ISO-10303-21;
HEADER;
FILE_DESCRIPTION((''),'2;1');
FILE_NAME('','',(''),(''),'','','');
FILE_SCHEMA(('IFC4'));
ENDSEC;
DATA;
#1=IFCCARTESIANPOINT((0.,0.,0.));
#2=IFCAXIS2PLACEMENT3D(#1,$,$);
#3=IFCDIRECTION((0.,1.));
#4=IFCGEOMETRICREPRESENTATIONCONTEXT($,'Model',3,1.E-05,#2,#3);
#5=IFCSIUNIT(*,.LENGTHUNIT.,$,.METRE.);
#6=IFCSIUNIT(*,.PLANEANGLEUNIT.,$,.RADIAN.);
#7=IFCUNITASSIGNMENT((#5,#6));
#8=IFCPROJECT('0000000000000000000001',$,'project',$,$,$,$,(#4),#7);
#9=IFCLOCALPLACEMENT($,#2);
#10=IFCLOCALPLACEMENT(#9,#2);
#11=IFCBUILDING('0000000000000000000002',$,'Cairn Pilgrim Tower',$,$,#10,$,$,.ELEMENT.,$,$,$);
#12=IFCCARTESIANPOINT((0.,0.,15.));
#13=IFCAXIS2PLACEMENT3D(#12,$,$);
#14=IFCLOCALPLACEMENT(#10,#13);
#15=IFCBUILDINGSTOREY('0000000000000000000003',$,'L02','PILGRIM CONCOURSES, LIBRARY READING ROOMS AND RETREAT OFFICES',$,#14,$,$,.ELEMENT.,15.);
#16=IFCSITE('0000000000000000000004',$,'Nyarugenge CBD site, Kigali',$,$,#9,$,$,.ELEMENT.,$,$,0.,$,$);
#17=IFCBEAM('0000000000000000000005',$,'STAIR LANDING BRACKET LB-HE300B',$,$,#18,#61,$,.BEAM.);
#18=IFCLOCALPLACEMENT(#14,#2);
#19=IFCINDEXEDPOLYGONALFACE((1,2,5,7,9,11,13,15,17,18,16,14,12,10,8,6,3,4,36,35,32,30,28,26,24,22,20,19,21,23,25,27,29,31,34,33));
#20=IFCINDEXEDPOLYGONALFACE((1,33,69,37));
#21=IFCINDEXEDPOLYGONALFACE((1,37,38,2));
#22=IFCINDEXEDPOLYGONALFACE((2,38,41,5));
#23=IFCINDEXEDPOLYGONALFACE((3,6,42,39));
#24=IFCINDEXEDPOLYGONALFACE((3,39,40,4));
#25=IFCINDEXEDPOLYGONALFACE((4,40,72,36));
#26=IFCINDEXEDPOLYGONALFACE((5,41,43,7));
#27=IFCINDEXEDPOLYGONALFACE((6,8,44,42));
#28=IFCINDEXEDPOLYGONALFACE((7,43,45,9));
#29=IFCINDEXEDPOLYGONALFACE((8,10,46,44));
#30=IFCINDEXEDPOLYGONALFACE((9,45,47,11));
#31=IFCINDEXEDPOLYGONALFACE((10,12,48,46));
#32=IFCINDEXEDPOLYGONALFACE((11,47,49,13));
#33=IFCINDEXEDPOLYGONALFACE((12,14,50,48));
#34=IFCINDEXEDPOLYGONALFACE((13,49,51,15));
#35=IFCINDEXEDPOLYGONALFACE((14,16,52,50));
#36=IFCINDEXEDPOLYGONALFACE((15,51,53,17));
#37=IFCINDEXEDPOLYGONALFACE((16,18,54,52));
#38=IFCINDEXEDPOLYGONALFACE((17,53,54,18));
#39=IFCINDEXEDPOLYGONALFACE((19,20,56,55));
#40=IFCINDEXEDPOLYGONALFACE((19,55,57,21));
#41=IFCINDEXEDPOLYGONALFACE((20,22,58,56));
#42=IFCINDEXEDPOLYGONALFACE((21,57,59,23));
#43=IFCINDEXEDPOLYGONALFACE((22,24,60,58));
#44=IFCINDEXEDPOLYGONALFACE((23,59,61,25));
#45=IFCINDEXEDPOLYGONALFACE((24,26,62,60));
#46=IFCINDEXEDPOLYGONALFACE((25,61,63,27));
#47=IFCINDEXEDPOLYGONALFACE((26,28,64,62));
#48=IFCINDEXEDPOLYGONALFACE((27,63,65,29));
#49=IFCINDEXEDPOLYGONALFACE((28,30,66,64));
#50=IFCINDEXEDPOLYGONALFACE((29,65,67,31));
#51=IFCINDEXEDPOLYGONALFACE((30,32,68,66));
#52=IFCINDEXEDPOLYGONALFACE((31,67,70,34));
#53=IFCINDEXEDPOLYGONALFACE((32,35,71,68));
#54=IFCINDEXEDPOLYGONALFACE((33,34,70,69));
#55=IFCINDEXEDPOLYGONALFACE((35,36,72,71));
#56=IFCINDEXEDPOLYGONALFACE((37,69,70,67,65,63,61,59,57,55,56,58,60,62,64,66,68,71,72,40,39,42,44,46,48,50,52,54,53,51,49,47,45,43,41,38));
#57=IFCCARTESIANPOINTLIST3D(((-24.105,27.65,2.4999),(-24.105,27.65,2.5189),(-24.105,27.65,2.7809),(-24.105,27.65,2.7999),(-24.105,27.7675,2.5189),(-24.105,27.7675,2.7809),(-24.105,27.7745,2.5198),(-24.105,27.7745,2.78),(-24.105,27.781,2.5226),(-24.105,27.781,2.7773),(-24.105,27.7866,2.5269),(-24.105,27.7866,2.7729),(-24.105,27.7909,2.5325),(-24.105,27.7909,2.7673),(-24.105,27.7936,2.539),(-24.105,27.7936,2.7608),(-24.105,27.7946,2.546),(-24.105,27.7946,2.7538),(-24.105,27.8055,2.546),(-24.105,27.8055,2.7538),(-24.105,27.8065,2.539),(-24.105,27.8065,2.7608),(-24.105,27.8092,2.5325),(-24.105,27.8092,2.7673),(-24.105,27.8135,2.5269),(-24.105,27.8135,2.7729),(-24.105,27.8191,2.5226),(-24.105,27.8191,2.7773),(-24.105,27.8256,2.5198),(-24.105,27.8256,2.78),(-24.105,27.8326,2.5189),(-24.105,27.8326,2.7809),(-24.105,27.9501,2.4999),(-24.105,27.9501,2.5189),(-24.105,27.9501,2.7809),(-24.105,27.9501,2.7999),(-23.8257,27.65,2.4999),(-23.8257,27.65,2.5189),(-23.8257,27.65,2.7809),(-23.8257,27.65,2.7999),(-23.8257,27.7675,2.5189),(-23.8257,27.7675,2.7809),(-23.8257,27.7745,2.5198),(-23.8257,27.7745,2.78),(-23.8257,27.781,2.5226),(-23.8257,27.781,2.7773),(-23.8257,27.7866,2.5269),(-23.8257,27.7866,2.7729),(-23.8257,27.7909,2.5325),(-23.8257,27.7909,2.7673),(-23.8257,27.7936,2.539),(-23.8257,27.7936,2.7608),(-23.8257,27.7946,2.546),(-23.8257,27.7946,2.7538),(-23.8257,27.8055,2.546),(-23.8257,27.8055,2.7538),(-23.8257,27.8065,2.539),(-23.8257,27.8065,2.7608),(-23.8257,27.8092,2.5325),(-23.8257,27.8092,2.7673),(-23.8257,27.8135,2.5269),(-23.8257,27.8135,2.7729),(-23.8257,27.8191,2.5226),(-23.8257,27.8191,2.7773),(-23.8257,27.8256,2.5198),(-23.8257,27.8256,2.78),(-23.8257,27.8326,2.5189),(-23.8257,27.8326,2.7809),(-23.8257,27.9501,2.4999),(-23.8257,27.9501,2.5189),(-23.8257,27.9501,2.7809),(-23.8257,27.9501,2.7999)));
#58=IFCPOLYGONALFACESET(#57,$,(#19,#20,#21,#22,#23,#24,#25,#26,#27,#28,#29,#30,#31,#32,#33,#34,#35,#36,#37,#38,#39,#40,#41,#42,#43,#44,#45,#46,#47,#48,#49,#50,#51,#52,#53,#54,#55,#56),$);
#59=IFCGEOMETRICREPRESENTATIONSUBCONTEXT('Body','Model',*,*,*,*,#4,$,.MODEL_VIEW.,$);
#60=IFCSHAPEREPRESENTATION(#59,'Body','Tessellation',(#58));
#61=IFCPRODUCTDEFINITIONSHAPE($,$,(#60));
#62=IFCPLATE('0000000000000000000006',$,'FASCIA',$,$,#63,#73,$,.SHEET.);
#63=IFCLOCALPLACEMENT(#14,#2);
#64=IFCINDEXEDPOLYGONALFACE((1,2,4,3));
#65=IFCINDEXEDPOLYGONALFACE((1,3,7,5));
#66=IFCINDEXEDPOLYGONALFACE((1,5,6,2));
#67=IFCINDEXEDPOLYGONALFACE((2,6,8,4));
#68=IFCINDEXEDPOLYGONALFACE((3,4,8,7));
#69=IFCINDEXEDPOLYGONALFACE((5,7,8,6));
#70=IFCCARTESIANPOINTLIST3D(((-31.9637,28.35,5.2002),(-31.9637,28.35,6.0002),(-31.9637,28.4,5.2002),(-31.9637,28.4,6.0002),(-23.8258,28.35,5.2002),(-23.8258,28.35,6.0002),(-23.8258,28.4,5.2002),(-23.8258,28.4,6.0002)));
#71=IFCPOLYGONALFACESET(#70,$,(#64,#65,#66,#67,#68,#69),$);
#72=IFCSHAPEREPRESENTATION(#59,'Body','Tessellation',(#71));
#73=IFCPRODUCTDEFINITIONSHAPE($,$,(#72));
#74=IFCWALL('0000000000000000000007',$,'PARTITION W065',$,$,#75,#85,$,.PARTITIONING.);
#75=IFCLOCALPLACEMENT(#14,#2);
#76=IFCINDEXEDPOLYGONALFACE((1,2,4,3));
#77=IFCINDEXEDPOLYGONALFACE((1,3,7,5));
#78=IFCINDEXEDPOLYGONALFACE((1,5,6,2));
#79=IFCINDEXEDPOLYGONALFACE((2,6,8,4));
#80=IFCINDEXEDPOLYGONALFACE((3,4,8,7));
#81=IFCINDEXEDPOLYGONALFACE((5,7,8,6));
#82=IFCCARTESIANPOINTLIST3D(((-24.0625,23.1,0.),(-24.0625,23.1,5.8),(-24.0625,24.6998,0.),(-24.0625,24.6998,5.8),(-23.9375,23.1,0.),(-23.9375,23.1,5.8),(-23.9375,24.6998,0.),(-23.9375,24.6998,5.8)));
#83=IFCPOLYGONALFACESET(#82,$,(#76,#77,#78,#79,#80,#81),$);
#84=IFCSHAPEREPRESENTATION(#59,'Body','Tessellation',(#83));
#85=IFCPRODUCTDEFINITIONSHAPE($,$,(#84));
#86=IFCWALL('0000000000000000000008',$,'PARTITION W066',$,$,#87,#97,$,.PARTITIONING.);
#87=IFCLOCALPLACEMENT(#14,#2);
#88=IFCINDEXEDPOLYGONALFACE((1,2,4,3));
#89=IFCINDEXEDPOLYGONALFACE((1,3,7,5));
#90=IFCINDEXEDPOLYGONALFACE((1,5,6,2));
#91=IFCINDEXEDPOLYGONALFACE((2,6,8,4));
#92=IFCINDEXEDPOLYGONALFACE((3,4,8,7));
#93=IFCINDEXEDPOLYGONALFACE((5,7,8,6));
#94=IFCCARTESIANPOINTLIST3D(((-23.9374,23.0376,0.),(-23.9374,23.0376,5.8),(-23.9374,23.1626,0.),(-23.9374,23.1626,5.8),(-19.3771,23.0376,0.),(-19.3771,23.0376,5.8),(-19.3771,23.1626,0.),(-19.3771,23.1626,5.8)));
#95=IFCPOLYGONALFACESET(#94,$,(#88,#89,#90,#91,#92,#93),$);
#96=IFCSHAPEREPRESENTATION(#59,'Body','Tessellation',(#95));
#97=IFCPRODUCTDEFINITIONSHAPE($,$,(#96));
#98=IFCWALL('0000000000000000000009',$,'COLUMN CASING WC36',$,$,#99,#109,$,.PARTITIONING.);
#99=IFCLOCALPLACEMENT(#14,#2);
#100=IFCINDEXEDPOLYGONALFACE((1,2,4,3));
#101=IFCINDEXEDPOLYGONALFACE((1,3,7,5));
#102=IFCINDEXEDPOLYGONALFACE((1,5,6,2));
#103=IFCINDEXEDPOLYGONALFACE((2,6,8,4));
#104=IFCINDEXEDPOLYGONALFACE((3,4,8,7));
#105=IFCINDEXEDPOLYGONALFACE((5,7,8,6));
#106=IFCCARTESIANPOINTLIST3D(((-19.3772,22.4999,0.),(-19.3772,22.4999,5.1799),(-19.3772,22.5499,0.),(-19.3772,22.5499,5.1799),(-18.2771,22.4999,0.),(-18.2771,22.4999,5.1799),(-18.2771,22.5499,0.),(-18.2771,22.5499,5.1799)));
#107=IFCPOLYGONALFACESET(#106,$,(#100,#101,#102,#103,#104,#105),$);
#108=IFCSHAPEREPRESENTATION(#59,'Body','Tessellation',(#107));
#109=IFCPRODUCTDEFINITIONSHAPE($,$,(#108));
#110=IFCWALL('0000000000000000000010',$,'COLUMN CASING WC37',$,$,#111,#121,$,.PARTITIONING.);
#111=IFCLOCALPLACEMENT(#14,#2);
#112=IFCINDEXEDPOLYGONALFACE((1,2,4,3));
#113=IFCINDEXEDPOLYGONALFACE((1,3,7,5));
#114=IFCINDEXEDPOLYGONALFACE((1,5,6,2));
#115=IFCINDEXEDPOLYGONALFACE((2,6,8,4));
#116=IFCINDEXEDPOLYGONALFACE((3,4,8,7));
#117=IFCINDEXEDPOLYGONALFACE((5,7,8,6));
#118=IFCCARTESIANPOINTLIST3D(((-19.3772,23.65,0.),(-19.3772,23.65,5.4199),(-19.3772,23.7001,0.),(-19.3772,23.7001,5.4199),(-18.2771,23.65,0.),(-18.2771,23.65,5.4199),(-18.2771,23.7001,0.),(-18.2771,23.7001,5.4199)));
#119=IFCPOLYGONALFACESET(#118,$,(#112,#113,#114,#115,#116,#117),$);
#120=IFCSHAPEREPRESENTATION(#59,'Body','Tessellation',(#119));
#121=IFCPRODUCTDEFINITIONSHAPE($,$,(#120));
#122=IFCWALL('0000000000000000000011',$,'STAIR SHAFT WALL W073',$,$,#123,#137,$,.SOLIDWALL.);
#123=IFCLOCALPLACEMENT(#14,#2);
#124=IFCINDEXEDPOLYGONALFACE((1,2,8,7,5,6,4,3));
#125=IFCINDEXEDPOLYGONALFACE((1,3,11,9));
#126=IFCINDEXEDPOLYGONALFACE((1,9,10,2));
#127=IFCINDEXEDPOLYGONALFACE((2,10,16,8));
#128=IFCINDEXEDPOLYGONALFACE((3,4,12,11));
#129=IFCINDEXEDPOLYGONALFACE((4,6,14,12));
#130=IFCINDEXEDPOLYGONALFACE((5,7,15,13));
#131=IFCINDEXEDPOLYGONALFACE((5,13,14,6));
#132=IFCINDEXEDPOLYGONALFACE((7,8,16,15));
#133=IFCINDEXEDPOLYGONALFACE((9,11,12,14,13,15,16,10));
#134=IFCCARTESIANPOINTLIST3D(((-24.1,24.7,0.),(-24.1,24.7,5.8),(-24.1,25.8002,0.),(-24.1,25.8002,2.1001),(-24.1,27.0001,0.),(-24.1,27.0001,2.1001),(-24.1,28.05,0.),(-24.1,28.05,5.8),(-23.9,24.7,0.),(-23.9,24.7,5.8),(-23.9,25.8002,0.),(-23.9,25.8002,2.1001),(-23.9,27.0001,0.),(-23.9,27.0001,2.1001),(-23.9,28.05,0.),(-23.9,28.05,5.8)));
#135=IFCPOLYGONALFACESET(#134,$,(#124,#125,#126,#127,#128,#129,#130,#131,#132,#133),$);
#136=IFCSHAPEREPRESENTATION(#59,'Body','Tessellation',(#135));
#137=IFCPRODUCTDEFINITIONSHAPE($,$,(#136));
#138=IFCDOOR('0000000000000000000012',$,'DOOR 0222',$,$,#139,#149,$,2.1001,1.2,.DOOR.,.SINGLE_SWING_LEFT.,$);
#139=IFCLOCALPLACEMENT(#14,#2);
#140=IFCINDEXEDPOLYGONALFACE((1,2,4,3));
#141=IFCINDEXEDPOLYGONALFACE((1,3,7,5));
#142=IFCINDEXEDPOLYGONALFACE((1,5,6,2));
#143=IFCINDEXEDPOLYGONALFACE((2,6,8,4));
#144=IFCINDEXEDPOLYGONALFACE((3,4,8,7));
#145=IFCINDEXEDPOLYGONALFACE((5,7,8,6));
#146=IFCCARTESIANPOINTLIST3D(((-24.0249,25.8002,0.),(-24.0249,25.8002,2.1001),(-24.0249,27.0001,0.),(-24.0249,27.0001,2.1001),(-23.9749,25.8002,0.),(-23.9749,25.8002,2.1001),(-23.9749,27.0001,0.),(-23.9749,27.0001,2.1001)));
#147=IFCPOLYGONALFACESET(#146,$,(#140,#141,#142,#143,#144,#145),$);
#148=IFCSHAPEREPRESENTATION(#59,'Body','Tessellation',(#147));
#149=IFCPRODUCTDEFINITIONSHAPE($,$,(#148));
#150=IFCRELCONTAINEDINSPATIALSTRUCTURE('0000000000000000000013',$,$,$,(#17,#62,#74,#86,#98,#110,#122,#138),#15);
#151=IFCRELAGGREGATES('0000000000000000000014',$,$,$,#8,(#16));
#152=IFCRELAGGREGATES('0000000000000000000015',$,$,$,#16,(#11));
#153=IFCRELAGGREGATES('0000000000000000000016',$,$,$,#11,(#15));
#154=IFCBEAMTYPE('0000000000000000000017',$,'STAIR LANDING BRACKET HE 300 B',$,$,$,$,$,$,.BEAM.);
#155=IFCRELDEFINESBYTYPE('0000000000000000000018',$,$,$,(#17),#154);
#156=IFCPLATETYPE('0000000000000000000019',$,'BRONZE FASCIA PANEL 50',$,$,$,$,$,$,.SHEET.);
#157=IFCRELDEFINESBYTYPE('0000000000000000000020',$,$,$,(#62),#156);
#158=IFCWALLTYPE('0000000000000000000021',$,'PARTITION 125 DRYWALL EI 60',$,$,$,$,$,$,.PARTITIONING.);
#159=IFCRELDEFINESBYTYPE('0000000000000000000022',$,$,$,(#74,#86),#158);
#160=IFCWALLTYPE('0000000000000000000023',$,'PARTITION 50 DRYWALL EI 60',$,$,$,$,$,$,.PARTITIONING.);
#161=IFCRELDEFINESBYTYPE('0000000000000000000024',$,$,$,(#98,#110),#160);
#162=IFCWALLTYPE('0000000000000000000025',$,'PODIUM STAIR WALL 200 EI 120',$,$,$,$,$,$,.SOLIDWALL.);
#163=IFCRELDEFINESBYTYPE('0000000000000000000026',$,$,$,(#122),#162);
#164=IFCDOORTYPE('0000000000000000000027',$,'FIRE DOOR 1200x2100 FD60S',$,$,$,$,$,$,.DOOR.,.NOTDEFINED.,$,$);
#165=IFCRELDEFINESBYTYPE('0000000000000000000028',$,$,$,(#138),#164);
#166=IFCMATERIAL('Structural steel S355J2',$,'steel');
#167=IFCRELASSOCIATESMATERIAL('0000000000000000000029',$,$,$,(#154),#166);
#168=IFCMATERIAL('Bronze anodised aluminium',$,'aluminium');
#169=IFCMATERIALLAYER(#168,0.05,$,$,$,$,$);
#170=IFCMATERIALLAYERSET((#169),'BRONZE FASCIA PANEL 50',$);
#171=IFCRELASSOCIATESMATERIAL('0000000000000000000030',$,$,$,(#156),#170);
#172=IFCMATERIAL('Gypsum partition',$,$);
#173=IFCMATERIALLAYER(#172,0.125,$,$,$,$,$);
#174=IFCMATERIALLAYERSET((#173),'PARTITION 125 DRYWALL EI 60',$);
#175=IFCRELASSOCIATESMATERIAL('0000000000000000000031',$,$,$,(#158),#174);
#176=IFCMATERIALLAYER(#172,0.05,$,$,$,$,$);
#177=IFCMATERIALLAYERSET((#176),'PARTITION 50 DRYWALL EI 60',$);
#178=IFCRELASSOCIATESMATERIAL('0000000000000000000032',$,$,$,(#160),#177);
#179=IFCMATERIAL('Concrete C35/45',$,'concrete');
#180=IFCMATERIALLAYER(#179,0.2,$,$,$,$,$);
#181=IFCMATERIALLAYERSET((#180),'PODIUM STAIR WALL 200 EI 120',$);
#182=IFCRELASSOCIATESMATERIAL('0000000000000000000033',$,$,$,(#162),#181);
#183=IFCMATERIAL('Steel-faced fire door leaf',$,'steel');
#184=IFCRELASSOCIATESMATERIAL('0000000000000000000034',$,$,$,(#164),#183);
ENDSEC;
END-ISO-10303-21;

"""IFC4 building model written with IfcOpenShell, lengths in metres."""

from ifc_helpers import new_model, si_unit, direction, frame, frame_2d, origin, origin_2d, place, context, subcontext, project, spatial, rectangle, i_section, extrude, material, layer, layer_set, material_profile, profile_set, type_object, element, fill, save


model = new_model("IFC4")

# Units and contexts
model_context = context("Model", 3, precision=1e-05, world=origin(), true_north=direction((0.0, 1.0)))
body_context = subcontext(model_context, "Body", "Model", "MODEL_VIEW")
ifc_project = project(units=[si_unit("LENGTHUNIT", "METRE"), si_unit("PLANEANGLEUNIT", "RADIAN")], contexts=[model_context])

# Site, building, storey
site_placement = place(None, origin())
site = spatial("IfcSite", under=ifc_project, at=site_placement, Name="Nyarugenge CBD site, Kigali", CompositionType="ELEMENT", RefElevation=0.0)
building_placement = place(site_placement, origin())
building = spatial("IfcBuilding", under=site, at=building_placement, Name="Cairn Pilgrim Tower", CompositionType="ELEMENT")
storey_placement = place(building_placement, frame((0.0, 0.0, 15.0)))
storey = spatial("IfcBuildingStorey", under=building, at=storey_placement, Name="L02", Description="PILGRIM CONCOURSES, LIBRARY READING ROOMS AND RETREAT OFFICES", CompositionType="ELEMENT", Elevation=15.0)

# Shared definitions
ifc_material_1 = material(Name="Structural steel S355J2", Category="steel")

# Beam
ifc_material_profile_1 = material_profile(ifc_material_1, i_section(OverallWidth=0.3, OverallDepth=0.3, WebThickness=0.011, FlangeThickness=0.019, FilletRadius=0.0271, at=origin_2d()), Name="HE 300 B")
ifc_profile_set_1 = profile_set([ifc_material_profile_1], Name="Structural steel S355J2")
beam_type_1 = type_object("IfcBeamType", Name="STAIR LANDING BRACKET HE 300 B", PredefinedType="BEAM", material=ifc_profile_set_1)
beam_1_placement = place(storey_placement, frame((-23.8257, 27.8, 2.6499), z_axis=(-1.0, 0.0, 0.0), x_axis=(0.0, -1.0, 0.0)))
element("IfcBeam", 1, at=beam_1_placement, inside=storey, type_object=beam_type_1, Name="STAIR LANDING BRACKET LB-HE300B", PredefinedType="BEAM", context=body_context, shape_type="SweptSolid", body=[
    extrude(i_section(OverallWidth=0.3, OverallDepth=0.3, WebThickness=0.011, FlangeThickness=0.019, FilletRadius=0.0271, at=origin_2d()), origin(), (0.0, 0.0, 1.0), 0.2793),
])

# Plate
ifc_material_2 = material(Name="Bronze anodised aluminium", Category="aluminium")
ifc_layer_1 = layer(ifc_material_2, 0.05)
ifc_layer_set_1 = layer_set([ifc_layer_1], Name="BRONZE FASCIA PANEL 50")
plate_type = type_object("IfcPlateType", Name="BRONZE FASCIA PANEL 50", PredefinedType="SHEET", material=ifc_layer_set_1)
plate_placement = place(storey_placement, frame((-27.8948, 28.375, 5.2002), z_axis=(0.0, 0.0, 1.0), x_axis=(-1.0, 0.0, 0.0)))
element("IfcPlate", 2, at=plate_placement, inside=storey, type_object=plate_type, Name="FASCIA", PredefinedType="SHEET", context=body_context, shape_type="SweptSolid", body=[
    extrude(rectangle(XDim=8.1379, YDim=0.05, at=origin_2d()), origin(), (0.0, 0.0, 1.0), 0.8),
])

# Walls
ifc_material_3 = material(Name="Gypsum partition")
ifc_layer_2 = layer(ifc_material_3, 0.125)
ifc_layer_set_2 = layer_set([ifc_layer_2], Name="PARTITION 125 DRYWALL EI 60")
wall_type_1 = type_object("IfcWallType", Name="PARTITION 125 DRYWALL EI 60", PredefinedType="PARTITIONING", material=ifc_layer_set_2)
wall_1_placement = place(storey_placement, frame((-24.0, 23.1001, 0.0), z_axis=(0.0, 0.0, 1.0), x_axis=(0.0, 1.0, 0.0)))
element("IfcWall", 3, at=wall_1_placement, inside=storey, type_object=wall_type_1, Name="PARTITION W065", PredefinedType="PARTITIONING", context=body_context, shape_type="SweptSolid", body=[
    extrude(rectangle(XDim=1.5999, YDim=0.125, at=frame_2d((0.7998, 0.0))), origin(), (0.0, 0.0, 1.0), 5.8),
])
wall_2_placement = place(storey_placement, frame((-23.9375, 23.1001, 0.0), z_axis=(0.0, 0.0, 1.0), x_axis=(1.0, 0.0, 0.0)))
element("IfcWall", 4, at=wall_2_placement, inside=storey, type_object=wall_type_1, Name="PARTITION W066", PredefinedType="PARTITIONING", context=body_context, shape_type="SweptSolid", body=[
    extrude(rectangle(XDim=4.5603, YDim=0.125, at=frame_2d((2.2803, 0.0))), origin(), (0.0, 0.0, 1.0), 5.8),
])
ifc_layer_3 = layer(ifc_material_3, 0.05)
ifc_layer_set_3 = layer_set([ifc_layer_3], Name="PARTITION 50 DRYWALL EI 60")
wall_type_2 = type_object("IfcWallType", Name="PARTITION 50 DRYWALL EI 60", PredefinedType="PARTITIONING", material=ifc_layer_set_3)
wall_3_placement = place(storey_placement, frame((-19.3772, 22.5249, 0.0), z_axis=(0.0, 0.0, 1.0), x_axis=(1.0, 0.0, 0.0)))
element("IfcWall", 5, at=wall_3_placement, inside=storey, type_object=wall_type_2, Name="COLUMN CASING WC36", PredefinedType="PARTITIONING", context=body_context, shape_type="SweptSolid", body=[
    extrude(rectangle(XDim=1.1001, YDim=0.05, at=frame_2d((0.55, 0.0))), origin(), (0.0, 0.0, 1.0), 5.1799),
])
wall_4_placement = place(storey_placement, frame((-19.3772, 23.675, 0.0), z_axis=(0.0, 0.0, 1.0), x_axis=(1.0, 0.0, 0.0)))
element("IfcWall", 6, at=wall_4_placement, inside=storey, type_object=wall_type_2, Name="COLUMN CASING WC37", PredefinedType="PARTITIONING", context=body_context, shape_type="SweptSolid", body=[
    extrude(rectangle(XDim=1.1001, YDim=0.05, at=frame_2d((0.55, 0.0))), origin(), (0.0, 0.0, 1.0), 5.4199),
])

# Wall, opening, door
ifc_material_4 = material(Name="Concrete C35/45", Category="concrete")
ifc_layer_4 = layer(ifc_material_4, 0.2)
ifc_layer_set_4 = layer_set([ifc_layer_4], Name="PODIUM STAIR WALL 200 EI 120")
wall_type_3 = type_object("IfcWallType", Name="PODIUM STAIR WALL 200 EI 120", PredefinedType="SOLIDWALL", material=ifc_layer_set_4)
wall_5_placement = place(storey_placement, frame((-24.0, 24.7, 0.0), z_axis=(0.0, 0.0, 1.0), x_axis=(0.0, 1.0, 0.0)))
wall_5 = element("IfcWall", 7, at=wall_5_placement, inside=storey, type_object=wall_type_3, Name="STAIR SHAFT WALL W073", PredefinedType="SOLIDWALL", context=body_context, shape_type="SweptSolid", body=[
    extrude(rectangle(XDim=3.3501, YDim=0.2, at=frame_2d((1.675, 0.0))), origin(), (0.0, 0.0, 1.0), 5.8),
])
opening_1_placement = place(wall_5_placement, frame((1.1001, 0.0, 0.0)))
opening_1 = element("IfcOpeningElement", 8, at=opening_1_placement, cuts=wall_5, PredefinedType="OPENING", context=body_context, shape_type="SweptSolid", body=[
    extrude(rectangle(XDim=1.2, YDim=2.1001, at=frame_2d((0.6001, 1.05))), frame((0.0, 0.1099, 0.0), z_axis=(0.0, -1.0, 0.0), x_axis=(1.0, 0.0, 0.0)), (0.0, 0.0, 1.0), 0.22),
])
ifc_material_5 = material(Name="Steel-faced fire door leaf", Category="steel")
door_type = type_object("IfcDoorType", Name="FIRE DOOR 1200x2100 FD60S", OperationType="NOTDEFINED", PredefinedType="DOOR", material=ifc_material_5)
door_placement = place(opening_1_placement, origin())
door = element("IfcDoor", 9, at=door_placement, inside=storey, type_object=door_type, Name="DOOR 0222", OperationType="SINGLE_SWING_LEFT", OverallHeight=2.1001, OverallWidth=1.2, PredefinedType="DOOR", context=body_context, shape_type="SweptSolid", body=[
    extrude(rectangle(XDim=1.2, YDim=2.1001, at=frame_2d((0.6001, 1.05))), frame((0.0, 0.0249, 0.0), z_axis=(0.0, -1.0, 0.0), x_axis=(1.0, 0.0, 0.0)), (0.0, 0.0, 1.0), 0.05),
])
fill(opening_1, door)

save(model, "model.ifc")
